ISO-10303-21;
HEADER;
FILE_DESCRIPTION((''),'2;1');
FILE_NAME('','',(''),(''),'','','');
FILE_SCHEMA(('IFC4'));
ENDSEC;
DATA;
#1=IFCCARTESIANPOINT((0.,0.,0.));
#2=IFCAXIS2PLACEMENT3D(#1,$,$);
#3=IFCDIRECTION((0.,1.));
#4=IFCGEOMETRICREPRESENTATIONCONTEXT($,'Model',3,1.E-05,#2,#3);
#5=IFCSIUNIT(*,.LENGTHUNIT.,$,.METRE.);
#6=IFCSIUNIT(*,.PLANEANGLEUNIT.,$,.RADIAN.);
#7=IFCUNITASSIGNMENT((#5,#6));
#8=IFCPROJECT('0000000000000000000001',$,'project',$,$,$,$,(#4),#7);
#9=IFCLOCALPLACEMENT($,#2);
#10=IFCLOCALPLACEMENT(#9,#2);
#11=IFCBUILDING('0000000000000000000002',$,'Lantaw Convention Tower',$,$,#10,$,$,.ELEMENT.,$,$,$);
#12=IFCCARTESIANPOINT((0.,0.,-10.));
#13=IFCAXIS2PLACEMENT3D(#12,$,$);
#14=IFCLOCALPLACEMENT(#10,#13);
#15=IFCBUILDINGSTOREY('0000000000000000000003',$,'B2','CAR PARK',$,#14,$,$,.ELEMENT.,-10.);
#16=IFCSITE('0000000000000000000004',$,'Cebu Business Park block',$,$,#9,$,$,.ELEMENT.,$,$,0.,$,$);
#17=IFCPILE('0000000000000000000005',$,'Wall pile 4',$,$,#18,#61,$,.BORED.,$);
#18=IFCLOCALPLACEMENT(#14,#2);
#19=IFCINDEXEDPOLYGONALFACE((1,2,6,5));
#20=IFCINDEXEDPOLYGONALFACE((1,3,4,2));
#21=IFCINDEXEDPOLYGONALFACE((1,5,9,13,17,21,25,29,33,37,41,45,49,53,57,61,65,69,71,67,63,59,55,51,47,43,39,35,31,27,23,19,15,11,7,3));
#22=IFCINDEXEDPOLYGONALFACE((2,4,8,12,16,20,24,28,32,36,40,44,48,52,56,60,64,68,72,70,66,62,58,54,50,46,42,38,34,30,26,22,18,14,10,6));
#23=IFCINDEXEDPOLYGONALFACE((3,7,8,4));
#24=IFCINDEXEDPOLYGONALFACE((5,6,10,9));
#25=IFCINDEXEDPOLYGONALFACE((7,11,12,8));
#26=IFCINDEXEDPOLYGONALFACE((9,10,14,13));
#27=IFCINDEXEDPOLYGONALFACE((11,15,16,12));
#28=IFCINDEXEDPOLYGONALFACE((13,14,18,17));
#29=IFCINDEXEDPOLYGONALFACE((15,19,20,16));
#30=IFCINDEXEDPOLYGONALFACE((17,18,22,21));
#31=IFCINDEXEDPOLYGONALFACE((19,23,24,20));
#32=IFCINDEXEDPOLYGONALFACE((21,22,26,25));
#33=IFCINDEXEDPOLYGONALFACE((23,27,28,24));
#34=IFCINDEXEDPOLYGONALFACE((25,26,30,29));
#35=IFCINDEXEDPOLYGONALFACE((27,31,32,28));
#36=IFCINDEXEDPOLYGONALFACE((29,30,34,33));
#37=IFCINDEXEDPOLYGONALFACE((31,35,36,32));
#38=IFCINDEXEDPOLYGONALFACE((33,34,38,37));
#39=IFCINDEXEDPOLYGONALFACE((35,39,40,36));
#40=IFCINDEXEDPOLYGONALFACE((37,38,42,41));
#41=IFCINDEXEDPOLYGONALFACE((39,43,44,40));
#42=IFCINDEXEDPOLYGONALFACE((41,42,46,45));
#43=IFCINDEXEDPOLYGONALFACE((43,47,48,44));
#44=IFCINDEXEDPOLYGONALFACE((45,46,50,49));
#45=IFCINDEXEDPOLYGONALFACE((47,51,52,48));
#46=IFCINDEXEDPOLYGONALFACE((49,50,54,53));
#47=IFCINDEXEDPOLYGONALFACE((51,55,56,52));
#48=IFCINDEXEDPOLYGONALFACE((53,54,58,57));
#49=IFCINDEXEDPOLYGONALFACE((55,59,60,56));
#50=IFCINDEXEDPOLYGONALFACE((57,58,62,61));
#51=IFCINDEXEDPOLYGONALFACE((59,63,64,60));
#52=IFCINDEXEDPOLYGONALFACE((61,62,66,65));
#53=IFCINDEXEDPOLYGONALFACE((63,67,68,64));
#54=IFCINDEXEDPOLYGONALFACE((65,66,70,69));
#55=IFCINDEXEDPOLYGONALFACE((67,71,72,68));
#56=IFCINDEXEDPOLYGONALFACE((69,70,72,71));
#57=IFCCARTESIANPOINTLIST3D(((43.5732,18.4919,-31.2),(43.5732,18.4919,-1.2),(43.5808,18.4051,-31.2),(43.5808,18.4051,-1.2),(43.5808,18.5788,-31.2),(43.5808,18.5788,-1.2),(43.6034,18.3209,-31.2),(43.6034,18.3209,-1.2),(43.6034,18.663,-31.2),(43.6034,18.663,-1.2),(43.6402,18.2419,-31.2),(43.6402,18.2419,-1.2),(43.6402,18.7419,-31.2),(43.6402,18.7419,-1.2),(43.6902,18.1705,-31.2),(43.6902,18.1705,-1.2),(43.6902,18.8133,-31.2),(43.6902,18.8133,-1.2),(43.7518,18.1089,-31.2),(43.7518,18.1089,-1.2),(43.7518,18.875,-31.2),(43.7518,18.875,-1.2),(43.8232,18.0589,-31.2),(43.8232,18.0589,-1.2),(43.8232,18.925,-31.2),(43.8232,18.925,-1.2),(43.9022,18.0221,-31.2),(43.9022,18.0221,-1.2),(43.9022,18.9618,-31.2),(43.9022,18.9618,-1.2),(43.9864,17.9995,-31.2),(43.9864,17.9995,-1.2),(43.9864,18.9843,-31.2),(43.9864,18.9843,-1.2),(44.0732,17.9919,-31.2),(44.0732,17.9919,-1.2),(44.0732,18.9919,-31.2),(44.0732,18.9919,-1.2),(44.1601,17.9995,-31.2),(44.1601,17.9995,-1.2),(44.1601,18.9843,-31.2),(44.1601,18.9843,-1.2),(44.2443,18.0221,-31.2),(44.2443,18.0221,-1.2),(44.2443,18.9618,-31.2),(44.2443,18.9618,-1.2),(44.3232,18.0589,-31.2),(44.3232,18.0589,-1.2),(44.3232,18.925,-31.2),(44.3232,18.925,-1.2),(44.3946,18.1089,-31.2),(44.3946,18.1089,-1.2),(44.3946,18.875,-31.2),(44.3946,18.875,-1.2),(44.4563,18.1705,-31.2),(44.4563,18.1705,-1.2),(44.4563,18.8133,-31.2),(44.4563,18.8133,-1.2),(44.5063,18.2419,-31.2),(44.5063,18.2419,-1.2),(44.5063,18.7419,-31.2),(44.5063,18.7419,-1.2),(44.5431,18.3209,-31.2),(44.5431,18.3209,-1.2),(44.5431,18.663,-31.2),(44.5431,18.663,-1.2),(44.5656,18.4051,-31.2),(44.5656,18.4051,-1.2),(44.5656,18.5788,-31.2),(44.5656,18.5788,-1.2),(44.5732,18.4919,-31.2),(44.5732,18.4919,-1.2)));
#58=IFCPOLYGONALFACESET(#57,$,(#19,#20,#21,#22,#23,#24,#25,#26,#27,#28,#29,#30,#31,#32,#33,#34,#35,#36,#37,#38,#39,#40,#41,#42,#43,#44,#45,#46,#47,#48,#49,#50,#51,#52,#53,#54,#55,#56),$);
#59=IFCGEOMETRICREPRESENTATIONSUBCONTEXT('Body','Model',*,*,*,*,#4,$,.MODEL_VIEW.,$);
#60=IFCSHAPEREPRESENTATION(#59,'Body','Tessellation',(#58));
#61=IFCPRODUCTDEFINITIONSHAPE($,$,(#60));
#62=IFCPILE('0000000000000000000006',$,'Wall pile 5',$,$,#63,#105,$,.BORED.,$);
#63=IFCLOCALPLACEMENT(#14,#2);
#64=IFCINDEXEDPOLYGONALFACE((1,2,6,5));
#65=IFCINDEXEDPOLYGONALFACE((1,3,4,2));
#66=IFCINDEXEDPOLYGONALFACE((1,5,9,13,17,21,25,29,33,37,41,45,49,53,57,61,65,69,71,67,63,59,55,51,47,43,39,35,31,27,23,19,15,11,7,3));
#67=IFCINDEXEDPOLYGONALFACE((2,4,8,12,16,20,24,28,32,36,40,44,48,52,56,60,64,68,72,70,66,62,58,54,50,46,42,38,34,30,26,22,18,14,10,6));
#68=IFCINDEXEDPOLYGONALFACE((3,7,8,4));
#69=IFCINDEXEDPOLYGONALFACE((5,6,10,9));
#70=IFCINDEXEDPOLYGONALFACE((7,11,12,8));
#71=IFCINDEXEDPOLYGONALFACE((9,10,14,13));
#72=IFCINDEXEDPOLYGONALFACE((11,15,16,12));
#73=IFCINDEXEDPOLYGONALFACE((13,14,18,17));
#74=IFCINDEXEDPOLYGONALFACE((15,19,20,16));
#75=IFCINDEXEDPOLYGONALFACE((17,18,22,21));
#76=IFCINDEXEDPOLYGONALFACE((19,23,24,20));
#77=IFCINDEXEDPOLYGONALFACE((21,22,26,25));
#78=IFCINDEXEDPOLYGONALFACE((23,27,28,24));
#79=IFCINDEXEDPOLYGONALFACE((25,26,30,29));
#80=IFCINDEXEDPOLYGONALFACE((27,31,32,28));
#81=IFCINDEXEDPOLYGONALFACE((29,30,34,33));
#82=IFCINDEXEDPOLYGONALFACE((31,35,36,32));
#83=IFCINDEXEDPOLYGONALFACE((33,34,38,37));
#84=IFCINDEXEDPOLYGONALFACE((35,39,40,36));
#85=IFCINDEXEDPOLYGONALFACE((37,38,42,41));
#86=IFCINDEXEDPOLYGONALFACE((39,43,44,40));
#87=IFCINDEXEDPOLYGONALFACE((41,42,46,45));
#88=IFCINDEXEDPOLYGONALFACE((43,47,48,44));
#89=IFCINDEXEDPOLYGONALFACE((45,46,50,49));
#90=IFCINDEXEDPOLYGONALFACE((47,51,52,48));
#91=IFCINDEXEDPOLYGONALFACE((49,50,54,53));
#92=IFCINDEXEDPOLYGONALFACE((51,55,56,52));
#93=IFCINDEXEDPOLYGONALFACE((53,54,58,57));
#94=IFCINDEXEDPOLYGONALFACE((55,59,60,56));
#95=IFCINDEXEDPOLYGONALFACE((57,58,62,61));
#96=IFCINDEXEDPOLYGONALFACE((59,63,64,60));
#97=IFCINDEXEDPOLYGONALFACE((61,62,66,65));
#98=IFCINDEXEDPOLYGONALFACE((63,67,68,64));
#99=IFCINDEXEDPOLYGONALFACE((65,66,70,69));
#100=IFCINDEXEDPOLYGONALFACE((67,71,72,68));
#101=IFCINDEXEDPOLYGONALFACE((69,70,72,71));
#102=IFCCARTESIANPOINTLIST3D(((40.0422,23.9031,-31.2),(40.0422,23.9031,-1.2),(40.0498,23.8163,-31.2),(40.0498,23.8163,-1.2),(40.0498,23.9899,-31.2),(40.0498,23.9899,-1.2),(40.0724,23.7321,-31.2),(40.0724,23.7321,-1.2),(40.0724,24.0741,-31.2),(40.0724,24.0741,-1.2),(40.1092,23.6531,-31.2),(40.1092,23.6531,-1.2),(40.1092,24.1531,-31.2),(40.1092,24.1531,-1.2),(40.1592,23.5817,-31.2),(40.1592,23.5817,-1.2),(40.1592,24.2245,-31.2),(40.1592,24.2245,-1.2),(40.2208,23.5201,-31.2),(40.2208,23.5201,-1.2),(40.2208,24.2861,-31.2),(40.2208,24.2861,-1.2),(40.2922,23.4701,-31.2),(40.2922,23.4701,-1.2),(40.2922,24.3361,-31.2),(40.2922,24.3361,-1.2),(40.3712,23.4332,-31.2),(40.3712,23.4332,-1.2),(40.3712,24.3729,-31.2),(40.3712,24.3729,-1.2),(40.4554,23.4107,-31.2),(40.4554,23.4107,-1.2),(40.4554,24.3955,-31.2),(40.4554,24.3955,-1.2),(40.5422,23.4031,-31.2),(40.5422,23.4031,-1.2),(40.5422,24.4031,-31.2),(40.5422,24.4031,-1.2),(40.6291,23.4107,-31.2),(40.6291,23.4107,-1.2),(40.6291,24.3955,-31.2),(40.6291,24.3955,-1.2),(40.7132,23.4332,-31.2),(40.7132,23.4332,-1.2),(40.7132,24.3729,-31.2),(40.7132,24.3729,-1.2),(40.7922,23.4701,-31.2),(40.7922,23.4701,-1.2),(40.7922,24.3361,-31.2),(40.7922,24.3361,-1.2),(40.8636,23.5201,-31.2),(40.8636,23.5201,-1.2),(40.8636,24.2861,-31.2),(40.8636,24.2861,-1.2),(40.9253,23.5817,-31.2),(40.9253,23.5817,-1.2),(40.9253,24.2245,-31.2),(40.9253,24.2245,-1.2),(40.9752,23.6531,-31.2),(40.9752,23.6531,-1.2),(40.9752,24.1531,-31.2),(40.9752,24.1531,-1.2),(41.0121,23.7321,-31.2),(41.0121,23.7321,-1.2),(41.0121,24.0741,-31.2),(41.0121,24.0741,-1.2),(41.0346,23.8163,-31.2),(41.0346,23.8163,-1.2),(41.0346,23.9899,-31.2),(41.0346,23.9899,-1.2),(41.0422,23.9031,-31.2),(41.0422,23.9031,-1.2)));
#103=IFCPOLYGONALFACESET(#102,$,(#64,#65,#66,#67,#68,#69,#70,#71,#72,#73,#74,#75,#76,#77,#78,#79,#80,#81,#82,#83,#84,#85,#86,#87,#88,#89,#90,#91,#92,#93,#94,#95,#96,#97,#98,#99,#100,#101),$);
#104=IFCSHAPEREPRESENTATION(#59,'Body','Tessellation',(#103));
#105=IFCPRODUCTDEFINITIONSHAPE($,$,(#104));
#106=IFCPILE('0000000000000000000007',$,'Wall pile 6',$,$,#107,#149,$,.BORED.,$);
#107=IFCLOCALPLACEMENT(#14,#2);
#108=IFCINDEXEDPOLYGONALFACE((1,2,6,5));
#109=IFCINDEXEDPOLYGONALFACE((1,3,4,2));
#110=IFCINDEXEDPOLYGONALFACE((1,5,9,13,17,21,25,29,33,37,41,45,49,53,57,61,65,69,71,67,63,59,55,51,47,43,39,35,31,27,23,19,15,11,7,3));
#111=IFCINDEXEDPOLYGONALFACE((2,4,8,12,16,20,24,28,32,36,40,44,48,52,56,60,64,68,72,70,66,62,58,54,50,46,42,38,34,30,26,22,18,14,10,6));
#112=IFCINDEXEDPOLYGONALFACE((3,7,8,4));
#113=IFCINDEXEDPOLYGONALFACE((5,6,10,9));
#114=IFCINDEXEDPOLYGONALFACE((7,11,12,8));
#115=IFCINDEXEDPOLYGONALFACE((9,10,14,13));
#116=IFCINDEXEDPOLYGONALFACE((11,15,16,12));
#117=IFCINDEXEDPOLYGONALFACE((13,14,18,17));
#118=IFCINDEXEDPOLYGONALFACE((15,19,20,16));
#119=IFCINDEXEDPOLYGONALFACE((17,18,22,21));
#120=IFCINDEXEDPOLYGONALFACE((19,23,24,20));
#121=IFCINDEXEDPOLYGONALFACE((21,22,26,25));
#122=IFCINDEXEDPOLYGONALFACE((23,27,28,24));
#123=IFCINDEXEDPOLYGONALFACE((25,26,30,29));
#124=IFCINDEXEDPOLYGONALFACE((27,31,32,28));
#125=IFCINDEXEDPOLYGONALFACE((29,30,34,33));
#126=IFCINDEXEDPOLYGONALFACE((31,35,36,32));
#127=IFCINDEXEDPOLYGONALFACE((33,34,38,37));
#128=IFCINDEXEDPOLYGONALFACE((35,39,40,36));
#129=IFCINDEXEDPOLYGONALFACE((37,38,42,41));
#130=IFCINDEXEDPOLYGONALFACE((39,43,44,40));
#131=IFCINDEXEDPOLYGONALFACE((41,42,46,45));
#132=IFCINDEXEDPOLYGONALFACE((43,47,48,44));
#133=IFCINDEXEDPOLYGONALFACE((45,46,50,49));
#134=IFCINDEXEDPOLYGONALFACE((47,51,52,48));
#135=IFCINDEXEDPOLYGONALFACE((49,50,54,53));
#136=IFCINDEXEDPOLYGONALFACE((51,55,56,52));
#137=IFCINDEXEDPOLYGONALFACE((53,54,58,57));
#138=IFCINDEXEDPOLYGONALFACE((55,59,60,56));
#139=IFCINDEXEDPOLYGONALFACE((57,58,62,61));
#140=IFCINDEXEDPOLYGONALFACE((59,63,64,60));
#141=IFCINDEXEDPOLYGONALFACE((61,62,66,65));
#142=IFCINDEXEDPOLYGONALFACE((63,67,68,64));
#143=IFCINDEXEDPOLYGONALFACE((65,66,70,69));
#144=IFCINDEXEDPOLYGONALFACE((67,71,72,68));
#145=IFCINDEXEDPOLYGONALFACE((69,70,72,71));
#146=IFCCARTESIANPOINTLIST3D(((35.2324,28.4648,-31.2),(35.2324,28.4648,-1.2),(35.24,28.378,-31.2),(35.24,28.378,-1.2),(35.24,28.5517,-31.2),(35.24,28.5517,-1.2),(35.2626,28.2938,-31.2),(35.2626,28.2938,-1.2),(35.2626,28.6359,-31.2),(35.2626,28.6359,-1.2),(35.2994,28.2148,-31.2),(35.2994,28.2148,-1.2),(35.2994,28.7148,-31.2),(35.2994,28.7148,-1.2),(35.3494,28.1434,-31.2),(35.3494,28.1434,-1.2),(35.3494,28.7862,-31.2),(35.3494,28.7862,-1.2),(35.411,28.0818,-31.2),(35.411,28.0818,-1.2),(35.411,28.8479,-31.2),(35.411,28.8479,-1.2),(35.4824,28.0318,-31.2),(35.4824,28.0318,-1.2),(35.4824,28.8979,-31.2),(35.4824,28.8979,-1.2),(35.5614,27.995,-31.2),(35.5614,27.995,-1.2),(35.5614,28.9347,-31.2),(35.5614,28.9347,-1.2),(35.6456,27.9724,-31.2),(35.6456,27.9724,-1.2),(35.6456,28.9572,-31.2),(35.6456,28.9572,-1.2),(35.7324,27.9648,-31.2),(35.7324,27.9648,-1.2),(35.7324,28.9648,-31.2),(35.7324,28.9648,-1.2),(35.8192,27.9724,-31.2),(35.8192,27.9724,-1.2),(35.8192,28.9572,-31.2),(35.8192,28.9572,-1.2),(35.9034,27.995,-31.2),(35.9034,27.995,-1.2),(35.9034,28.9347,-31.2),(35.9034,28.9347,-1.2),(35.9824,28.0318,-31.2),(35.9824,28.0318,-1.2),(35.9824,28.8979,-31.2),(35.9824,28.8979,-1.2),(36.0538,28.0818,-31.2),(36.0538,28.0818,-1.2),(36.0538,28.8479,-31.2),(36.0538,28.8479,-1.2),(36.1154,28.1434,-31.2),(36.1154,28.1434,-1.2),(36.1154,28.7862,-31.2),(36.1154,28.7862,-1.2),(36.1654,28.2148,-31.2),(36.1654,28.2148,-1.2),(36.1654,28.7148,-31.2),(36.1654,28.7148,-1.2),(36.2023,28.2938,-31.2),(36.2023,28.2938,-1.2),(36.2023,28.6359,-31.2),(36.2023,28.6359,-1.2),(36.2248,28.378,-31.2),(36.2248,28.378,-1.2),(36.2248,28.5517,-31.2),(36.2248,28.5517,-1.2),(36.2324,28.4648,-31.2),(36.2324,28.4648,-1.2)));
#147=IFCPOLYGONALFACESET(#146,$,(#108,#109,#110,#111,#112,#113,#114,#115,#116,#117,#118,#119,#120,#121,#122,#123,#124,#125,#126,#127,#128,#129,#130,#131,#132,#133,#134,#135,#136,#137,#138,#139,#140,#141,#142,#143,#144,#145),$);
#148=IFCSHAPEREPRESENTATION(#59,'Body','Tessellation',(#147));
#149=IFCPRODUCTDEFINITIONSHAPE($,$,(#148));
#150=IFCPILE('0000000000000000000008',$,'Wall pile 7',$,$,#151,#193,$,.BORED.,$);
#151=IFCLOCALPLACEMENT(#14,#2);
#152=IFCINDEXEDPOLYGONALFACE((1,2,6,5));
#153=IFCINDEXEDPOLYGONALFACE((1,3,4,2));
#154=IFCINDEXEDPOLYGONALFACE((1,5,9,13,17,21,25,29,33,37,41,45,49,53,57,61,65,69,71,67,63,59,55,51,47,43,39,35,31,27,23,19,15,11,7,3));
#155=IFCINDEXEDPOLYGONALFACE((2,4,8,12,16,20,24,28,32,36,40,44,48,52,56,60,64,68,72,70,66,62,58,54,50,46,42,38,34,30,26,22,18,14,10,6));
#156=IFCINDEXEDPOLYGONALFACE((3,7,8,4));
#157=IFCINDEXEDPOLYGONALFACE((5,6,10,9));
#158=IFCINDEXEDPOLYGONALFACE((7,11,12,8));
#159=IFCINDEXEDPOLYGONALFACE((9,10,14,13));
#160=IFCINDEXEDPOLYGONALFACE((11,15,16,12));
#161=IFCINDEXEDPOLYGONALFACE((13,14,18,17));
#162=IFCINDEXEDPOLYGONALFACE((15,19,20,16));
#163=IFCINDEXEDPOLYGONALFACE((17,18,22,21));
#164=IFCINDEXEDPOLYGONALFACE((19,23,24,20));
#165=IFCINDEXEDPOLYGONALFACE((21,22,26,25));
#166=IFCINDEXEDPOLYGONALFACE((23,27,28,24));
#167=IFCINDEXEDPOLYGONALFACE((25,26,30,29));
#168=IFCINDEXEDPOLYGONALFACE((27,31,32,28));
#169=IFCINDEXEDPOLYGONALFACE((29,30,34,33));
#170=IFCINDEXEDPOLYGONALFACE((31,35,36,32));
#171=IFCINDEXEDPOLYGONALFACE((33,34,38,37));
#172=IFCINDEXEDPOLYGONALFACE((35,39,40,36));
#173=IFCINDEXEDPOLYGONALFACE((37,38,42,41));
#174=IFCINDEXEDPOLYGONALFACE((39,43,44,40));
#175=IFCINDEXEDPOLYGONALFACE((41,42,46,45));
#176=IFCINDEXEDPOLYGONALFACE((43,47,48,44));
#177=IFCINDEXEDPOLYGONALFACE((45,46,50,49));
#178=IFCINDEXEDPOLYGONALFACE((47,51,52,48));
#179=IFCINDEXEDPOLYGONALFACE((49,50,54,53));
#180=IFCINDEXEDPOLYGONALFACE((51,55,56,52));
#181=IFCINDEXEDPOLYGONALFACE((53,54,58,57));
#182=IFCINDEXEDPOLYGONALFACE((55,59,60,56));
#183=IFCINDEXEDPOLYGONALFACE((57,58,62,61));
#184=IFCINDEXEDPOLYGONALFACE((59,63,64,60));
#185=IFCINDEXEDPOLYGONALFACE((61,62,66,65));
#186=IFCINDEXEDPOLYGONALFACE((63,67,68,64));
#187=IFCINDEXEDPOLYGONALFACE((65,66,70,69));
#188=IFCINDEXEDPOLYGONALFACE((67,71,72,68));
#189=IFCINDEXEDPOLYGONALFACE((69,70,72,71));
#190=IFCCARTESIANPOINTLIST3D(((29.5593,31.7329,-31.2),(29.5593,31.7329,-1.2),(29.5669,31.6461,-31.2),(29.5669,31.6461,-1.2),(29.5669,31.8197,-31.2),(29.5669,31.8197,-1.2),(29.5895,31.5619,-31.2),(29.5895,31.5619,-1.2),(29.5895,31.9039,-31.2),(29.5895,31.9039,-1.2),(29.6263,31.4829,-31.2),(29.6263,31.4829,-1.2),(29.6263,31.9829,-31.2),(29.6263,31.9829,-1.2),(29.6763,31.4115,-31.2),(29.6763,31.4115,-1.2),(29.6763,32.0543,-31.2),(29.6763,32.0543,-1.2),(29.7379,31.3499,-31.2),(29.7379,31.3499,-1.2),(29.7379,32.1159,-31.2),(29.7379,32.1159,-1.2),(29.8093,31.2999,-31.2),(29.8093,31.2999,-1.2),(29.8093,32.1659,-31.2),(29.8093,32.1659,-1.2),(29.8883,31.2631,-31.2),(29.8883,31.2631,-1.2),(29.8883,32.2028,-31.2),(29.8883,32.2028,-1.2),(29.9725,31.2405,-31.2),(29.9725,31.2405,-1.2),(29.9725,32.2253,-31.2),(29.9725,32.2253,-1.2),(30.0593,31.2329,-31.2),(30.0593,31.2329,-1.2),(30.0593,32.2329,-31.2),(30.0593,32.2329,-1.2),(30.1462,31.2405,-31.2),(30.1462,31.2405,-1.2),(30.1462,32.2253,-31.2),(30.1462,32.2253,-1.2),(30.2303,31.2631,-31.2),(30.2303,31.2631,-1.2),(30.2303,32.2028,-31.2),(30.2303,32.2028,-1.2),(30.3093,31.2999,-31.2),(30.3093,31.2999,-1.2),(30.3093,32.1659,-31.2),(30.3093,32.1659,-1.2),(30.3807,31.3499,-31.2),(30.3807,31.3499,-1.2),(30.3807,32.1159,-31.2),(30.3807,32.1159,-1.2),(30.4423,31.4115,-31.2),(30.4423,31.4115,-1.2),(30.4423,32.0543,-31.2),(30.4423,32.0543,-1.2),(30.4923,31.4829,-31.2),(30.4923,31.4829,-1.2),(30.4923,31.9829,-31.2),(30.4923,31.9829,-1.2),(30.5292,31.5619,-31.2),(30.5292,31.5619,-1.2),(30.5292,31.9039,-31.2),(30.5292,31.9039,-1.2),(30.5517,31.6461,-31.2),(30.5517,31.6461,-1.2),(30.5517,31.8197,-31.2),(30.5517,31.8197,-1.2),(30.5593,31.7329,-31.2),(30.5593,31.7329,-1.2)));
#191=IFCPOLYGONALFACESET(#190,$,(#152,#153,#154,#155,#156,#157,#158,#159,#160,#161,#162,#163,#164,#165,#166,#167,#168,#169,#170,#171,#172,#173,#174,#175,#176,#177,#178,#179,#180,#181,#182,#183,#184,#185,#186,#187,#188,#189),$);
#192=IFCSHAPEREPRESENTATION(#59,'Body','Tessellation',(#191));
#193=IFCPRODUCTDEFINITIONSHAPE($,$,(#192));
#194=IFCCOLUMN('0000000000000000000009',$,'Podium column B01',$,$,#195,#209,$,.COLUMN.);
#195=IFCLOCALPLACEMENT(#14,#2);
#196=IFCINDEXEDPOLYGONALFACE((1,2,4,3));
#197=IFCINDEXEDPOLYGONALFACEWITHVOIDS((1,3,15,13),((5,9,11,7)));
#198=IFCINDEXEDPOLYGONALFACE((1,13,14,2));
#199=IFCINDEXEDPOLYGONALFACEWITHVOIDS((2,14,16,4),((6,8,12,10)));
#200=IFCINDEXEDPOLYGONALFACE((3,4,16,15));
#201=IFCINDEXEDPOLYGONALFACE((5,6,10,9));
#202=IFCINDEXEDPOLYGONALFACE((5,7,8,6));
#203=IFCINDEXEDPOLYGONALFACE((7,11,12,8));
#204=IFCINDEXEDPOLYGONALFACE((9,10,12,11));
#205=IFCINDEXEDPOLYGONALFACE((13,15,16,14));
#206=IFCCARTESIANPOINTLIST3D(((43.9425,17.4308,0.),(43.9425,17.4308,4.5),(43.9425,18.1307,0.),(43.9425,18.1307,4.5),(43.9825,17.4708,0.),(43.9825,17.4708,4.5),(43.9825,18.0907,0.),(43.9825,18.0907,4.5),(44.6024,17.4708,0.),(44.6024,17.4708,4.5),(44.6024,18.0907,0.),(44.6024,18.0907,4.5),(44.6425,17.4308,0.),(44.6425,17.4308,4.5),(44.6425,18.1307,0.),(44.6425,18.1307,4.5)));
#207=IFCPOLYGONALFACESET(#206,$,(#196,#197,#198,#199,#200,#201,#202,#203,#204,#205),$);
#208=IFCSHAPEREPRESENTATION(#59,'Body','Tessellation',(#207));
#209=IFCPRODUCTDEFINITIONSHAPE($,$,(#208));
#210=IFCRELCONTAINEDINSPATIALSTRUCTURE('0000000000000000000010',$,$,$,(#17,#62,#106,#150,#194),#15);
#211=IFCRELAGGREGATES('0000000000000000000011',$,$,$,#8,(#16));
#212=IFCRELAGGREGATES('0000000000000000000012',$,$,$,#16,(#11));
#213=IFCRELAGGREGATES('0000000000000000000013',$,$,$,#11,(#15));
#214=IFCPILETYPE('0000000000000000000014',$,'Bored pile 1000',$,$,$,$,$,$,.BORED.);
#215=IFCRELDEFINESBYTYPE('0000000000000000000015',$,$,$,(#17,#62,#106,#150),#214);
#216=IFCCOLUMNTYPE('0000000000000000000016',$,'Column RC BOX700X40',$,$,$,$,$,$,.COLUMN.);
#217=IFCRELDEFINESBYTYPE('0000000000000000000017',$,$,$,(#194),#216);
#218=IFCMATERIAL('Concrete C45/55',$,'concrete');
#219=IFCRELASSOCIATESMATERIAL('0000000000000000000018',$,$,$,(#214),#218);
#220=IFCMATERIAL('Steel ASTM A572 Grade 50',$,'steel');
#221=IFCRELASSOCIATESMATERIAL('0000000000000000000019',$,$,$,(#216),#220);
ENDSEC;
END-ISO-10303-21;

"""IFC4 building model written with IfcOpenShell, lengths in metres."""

from ifc_helpers import new_model, si_unit, direction, frame, origin, origin_2d, place, context, subcontext, project, spatial, hollow_rectangle, circle, extrude, material, material_profile, profile_set, type_object, element, save


model = new_model("IFC4")

# Units and contexts
model_context = context("Model", 3, precision=1e-05, world=origin(), true_north=direction((0.0, 1.0)))
body_context = subcontext(model_context, "Body", "Model", "MODEL_VIEW")
ifc_project = project(units=[si_unit("LENGTHUNIT", "METRE"), si_unit("PLANEANGLEUNIT", "RADIAN")], contexts=[model_context])

# Site, building, storey
site_placement = place(None, origin())
site = spatial("IfcSite", under=ifc_project, at=site_placement, Name="Cebu Business Park block", CompositionType="ELEMENT", RefElevation=0.0)
building_placement = place(site_placement, origin())
building = spatial("IfcBuilding", under=site, at=building_placement, Name="Lantaw Convention Tower", CompositionType="ELEMENT")
storey_placement = place(building_placement, frame((0.0, 0.0, -10.0)))
storey = spatial("IfcBuildingStorey", under=building, at=storey_placement, Name="B2", Description="CAR PARK", CompositionType="ELEMENT", Elevation=-10.0)

# Piles
ifc_material_1 = material(Name="Concrete C45/55", Category="concrete")
ifc_material_profile_1 = material_profile(ifc_material_1, circle(Radius=0.5, at=origin_2d()), Name="Bored pile 1000")
ifc_profile_set_1 = profile_set([ifc_material_profile_1], Name="Concrete C45/55")
pile_type = type_object("IfcPileType", Name="Bored pile 1000", PredefinedType="BORED", material=ifc_profile_set_1)
for number, where, z_axis, x_axis, name in (
    (1, (44.0732, 18.4919, -1.2), (0.0, 0.0, -1.0), (1.0, 0.0, 0.0), "Wall pile 4"),
    (2, (40.5422, 23.9031, -1.2), (0.0, 0.0, -1.0), (1.0, 0.0, 0.0), "Wall pile 5"),
    (3, (35.7324, 28.4648, -1.2), (0.0, 0.0, -1.0), (1.0, 0.0, 0.0), "Wall pile 6"),
    (4, (30.0593, 31.7329, -1.2), (0.0, 0.0, -1.0), (1.0, 0.0, 0.0), "Wall pile 7"),
):
    element("IfcPile", number, at=place(storey_placement, frame(where, z_axis=z_axis, x_axis=x_axis)), inside=storey, type_object=pile_type, Name=name, PredefinedType="BORED", context=body_context, shape_type="SweptSolid", body=[
        extrude(circle(Radius=0.5, at=origin_2d()), origin(), (0.0, 0.0, 1.0), 30.0),
    ])

# Column
ifc_material_2 = material(Name="Steel ASTM A572 Grade 50", Category="steel")
ifc_material_profile_2 = material_profile(ifc_material_2, hollow_rectangle(XDim=0.7, YDim=0.7, WallThickness=0.04, at=origin_2d()), Name="BOX700X40")
ifc_profile_set_2 = profile_set([ifc_material_profile_2], Name="Steel ASTM A572 Grade 50")
column_type = type_object("IfcColumnType", Name="Column RC BOX700X40", PredefinedType="COLUMN", material=ifc_profile_set_2)
for number, where, z_axis, x_axis, name in (
    (5, (44.2925, 17.7808, 0.0), (0.0, 0.0, 1.0), (1.0, 0.0, 0.0), "Podium column B01"),
):
    element("IfcColumn", number, at=place(storey_placement, frame(where, z_axis=z_axis, x_axis=x_axis)), inside=storey, type_object=column_type, Name=name, PredefinedType="COLUMN", context=body_context, shape_type="SweptSolid", body=[
        extrude(hollow_rectangle(XDim=0.7, YDim=0.7, WallThickness=0.04, at=origin_2d()), origin(), (0.0, 0.0, 1.0), 4.5),
    ])

save(model, "model.ifc")
